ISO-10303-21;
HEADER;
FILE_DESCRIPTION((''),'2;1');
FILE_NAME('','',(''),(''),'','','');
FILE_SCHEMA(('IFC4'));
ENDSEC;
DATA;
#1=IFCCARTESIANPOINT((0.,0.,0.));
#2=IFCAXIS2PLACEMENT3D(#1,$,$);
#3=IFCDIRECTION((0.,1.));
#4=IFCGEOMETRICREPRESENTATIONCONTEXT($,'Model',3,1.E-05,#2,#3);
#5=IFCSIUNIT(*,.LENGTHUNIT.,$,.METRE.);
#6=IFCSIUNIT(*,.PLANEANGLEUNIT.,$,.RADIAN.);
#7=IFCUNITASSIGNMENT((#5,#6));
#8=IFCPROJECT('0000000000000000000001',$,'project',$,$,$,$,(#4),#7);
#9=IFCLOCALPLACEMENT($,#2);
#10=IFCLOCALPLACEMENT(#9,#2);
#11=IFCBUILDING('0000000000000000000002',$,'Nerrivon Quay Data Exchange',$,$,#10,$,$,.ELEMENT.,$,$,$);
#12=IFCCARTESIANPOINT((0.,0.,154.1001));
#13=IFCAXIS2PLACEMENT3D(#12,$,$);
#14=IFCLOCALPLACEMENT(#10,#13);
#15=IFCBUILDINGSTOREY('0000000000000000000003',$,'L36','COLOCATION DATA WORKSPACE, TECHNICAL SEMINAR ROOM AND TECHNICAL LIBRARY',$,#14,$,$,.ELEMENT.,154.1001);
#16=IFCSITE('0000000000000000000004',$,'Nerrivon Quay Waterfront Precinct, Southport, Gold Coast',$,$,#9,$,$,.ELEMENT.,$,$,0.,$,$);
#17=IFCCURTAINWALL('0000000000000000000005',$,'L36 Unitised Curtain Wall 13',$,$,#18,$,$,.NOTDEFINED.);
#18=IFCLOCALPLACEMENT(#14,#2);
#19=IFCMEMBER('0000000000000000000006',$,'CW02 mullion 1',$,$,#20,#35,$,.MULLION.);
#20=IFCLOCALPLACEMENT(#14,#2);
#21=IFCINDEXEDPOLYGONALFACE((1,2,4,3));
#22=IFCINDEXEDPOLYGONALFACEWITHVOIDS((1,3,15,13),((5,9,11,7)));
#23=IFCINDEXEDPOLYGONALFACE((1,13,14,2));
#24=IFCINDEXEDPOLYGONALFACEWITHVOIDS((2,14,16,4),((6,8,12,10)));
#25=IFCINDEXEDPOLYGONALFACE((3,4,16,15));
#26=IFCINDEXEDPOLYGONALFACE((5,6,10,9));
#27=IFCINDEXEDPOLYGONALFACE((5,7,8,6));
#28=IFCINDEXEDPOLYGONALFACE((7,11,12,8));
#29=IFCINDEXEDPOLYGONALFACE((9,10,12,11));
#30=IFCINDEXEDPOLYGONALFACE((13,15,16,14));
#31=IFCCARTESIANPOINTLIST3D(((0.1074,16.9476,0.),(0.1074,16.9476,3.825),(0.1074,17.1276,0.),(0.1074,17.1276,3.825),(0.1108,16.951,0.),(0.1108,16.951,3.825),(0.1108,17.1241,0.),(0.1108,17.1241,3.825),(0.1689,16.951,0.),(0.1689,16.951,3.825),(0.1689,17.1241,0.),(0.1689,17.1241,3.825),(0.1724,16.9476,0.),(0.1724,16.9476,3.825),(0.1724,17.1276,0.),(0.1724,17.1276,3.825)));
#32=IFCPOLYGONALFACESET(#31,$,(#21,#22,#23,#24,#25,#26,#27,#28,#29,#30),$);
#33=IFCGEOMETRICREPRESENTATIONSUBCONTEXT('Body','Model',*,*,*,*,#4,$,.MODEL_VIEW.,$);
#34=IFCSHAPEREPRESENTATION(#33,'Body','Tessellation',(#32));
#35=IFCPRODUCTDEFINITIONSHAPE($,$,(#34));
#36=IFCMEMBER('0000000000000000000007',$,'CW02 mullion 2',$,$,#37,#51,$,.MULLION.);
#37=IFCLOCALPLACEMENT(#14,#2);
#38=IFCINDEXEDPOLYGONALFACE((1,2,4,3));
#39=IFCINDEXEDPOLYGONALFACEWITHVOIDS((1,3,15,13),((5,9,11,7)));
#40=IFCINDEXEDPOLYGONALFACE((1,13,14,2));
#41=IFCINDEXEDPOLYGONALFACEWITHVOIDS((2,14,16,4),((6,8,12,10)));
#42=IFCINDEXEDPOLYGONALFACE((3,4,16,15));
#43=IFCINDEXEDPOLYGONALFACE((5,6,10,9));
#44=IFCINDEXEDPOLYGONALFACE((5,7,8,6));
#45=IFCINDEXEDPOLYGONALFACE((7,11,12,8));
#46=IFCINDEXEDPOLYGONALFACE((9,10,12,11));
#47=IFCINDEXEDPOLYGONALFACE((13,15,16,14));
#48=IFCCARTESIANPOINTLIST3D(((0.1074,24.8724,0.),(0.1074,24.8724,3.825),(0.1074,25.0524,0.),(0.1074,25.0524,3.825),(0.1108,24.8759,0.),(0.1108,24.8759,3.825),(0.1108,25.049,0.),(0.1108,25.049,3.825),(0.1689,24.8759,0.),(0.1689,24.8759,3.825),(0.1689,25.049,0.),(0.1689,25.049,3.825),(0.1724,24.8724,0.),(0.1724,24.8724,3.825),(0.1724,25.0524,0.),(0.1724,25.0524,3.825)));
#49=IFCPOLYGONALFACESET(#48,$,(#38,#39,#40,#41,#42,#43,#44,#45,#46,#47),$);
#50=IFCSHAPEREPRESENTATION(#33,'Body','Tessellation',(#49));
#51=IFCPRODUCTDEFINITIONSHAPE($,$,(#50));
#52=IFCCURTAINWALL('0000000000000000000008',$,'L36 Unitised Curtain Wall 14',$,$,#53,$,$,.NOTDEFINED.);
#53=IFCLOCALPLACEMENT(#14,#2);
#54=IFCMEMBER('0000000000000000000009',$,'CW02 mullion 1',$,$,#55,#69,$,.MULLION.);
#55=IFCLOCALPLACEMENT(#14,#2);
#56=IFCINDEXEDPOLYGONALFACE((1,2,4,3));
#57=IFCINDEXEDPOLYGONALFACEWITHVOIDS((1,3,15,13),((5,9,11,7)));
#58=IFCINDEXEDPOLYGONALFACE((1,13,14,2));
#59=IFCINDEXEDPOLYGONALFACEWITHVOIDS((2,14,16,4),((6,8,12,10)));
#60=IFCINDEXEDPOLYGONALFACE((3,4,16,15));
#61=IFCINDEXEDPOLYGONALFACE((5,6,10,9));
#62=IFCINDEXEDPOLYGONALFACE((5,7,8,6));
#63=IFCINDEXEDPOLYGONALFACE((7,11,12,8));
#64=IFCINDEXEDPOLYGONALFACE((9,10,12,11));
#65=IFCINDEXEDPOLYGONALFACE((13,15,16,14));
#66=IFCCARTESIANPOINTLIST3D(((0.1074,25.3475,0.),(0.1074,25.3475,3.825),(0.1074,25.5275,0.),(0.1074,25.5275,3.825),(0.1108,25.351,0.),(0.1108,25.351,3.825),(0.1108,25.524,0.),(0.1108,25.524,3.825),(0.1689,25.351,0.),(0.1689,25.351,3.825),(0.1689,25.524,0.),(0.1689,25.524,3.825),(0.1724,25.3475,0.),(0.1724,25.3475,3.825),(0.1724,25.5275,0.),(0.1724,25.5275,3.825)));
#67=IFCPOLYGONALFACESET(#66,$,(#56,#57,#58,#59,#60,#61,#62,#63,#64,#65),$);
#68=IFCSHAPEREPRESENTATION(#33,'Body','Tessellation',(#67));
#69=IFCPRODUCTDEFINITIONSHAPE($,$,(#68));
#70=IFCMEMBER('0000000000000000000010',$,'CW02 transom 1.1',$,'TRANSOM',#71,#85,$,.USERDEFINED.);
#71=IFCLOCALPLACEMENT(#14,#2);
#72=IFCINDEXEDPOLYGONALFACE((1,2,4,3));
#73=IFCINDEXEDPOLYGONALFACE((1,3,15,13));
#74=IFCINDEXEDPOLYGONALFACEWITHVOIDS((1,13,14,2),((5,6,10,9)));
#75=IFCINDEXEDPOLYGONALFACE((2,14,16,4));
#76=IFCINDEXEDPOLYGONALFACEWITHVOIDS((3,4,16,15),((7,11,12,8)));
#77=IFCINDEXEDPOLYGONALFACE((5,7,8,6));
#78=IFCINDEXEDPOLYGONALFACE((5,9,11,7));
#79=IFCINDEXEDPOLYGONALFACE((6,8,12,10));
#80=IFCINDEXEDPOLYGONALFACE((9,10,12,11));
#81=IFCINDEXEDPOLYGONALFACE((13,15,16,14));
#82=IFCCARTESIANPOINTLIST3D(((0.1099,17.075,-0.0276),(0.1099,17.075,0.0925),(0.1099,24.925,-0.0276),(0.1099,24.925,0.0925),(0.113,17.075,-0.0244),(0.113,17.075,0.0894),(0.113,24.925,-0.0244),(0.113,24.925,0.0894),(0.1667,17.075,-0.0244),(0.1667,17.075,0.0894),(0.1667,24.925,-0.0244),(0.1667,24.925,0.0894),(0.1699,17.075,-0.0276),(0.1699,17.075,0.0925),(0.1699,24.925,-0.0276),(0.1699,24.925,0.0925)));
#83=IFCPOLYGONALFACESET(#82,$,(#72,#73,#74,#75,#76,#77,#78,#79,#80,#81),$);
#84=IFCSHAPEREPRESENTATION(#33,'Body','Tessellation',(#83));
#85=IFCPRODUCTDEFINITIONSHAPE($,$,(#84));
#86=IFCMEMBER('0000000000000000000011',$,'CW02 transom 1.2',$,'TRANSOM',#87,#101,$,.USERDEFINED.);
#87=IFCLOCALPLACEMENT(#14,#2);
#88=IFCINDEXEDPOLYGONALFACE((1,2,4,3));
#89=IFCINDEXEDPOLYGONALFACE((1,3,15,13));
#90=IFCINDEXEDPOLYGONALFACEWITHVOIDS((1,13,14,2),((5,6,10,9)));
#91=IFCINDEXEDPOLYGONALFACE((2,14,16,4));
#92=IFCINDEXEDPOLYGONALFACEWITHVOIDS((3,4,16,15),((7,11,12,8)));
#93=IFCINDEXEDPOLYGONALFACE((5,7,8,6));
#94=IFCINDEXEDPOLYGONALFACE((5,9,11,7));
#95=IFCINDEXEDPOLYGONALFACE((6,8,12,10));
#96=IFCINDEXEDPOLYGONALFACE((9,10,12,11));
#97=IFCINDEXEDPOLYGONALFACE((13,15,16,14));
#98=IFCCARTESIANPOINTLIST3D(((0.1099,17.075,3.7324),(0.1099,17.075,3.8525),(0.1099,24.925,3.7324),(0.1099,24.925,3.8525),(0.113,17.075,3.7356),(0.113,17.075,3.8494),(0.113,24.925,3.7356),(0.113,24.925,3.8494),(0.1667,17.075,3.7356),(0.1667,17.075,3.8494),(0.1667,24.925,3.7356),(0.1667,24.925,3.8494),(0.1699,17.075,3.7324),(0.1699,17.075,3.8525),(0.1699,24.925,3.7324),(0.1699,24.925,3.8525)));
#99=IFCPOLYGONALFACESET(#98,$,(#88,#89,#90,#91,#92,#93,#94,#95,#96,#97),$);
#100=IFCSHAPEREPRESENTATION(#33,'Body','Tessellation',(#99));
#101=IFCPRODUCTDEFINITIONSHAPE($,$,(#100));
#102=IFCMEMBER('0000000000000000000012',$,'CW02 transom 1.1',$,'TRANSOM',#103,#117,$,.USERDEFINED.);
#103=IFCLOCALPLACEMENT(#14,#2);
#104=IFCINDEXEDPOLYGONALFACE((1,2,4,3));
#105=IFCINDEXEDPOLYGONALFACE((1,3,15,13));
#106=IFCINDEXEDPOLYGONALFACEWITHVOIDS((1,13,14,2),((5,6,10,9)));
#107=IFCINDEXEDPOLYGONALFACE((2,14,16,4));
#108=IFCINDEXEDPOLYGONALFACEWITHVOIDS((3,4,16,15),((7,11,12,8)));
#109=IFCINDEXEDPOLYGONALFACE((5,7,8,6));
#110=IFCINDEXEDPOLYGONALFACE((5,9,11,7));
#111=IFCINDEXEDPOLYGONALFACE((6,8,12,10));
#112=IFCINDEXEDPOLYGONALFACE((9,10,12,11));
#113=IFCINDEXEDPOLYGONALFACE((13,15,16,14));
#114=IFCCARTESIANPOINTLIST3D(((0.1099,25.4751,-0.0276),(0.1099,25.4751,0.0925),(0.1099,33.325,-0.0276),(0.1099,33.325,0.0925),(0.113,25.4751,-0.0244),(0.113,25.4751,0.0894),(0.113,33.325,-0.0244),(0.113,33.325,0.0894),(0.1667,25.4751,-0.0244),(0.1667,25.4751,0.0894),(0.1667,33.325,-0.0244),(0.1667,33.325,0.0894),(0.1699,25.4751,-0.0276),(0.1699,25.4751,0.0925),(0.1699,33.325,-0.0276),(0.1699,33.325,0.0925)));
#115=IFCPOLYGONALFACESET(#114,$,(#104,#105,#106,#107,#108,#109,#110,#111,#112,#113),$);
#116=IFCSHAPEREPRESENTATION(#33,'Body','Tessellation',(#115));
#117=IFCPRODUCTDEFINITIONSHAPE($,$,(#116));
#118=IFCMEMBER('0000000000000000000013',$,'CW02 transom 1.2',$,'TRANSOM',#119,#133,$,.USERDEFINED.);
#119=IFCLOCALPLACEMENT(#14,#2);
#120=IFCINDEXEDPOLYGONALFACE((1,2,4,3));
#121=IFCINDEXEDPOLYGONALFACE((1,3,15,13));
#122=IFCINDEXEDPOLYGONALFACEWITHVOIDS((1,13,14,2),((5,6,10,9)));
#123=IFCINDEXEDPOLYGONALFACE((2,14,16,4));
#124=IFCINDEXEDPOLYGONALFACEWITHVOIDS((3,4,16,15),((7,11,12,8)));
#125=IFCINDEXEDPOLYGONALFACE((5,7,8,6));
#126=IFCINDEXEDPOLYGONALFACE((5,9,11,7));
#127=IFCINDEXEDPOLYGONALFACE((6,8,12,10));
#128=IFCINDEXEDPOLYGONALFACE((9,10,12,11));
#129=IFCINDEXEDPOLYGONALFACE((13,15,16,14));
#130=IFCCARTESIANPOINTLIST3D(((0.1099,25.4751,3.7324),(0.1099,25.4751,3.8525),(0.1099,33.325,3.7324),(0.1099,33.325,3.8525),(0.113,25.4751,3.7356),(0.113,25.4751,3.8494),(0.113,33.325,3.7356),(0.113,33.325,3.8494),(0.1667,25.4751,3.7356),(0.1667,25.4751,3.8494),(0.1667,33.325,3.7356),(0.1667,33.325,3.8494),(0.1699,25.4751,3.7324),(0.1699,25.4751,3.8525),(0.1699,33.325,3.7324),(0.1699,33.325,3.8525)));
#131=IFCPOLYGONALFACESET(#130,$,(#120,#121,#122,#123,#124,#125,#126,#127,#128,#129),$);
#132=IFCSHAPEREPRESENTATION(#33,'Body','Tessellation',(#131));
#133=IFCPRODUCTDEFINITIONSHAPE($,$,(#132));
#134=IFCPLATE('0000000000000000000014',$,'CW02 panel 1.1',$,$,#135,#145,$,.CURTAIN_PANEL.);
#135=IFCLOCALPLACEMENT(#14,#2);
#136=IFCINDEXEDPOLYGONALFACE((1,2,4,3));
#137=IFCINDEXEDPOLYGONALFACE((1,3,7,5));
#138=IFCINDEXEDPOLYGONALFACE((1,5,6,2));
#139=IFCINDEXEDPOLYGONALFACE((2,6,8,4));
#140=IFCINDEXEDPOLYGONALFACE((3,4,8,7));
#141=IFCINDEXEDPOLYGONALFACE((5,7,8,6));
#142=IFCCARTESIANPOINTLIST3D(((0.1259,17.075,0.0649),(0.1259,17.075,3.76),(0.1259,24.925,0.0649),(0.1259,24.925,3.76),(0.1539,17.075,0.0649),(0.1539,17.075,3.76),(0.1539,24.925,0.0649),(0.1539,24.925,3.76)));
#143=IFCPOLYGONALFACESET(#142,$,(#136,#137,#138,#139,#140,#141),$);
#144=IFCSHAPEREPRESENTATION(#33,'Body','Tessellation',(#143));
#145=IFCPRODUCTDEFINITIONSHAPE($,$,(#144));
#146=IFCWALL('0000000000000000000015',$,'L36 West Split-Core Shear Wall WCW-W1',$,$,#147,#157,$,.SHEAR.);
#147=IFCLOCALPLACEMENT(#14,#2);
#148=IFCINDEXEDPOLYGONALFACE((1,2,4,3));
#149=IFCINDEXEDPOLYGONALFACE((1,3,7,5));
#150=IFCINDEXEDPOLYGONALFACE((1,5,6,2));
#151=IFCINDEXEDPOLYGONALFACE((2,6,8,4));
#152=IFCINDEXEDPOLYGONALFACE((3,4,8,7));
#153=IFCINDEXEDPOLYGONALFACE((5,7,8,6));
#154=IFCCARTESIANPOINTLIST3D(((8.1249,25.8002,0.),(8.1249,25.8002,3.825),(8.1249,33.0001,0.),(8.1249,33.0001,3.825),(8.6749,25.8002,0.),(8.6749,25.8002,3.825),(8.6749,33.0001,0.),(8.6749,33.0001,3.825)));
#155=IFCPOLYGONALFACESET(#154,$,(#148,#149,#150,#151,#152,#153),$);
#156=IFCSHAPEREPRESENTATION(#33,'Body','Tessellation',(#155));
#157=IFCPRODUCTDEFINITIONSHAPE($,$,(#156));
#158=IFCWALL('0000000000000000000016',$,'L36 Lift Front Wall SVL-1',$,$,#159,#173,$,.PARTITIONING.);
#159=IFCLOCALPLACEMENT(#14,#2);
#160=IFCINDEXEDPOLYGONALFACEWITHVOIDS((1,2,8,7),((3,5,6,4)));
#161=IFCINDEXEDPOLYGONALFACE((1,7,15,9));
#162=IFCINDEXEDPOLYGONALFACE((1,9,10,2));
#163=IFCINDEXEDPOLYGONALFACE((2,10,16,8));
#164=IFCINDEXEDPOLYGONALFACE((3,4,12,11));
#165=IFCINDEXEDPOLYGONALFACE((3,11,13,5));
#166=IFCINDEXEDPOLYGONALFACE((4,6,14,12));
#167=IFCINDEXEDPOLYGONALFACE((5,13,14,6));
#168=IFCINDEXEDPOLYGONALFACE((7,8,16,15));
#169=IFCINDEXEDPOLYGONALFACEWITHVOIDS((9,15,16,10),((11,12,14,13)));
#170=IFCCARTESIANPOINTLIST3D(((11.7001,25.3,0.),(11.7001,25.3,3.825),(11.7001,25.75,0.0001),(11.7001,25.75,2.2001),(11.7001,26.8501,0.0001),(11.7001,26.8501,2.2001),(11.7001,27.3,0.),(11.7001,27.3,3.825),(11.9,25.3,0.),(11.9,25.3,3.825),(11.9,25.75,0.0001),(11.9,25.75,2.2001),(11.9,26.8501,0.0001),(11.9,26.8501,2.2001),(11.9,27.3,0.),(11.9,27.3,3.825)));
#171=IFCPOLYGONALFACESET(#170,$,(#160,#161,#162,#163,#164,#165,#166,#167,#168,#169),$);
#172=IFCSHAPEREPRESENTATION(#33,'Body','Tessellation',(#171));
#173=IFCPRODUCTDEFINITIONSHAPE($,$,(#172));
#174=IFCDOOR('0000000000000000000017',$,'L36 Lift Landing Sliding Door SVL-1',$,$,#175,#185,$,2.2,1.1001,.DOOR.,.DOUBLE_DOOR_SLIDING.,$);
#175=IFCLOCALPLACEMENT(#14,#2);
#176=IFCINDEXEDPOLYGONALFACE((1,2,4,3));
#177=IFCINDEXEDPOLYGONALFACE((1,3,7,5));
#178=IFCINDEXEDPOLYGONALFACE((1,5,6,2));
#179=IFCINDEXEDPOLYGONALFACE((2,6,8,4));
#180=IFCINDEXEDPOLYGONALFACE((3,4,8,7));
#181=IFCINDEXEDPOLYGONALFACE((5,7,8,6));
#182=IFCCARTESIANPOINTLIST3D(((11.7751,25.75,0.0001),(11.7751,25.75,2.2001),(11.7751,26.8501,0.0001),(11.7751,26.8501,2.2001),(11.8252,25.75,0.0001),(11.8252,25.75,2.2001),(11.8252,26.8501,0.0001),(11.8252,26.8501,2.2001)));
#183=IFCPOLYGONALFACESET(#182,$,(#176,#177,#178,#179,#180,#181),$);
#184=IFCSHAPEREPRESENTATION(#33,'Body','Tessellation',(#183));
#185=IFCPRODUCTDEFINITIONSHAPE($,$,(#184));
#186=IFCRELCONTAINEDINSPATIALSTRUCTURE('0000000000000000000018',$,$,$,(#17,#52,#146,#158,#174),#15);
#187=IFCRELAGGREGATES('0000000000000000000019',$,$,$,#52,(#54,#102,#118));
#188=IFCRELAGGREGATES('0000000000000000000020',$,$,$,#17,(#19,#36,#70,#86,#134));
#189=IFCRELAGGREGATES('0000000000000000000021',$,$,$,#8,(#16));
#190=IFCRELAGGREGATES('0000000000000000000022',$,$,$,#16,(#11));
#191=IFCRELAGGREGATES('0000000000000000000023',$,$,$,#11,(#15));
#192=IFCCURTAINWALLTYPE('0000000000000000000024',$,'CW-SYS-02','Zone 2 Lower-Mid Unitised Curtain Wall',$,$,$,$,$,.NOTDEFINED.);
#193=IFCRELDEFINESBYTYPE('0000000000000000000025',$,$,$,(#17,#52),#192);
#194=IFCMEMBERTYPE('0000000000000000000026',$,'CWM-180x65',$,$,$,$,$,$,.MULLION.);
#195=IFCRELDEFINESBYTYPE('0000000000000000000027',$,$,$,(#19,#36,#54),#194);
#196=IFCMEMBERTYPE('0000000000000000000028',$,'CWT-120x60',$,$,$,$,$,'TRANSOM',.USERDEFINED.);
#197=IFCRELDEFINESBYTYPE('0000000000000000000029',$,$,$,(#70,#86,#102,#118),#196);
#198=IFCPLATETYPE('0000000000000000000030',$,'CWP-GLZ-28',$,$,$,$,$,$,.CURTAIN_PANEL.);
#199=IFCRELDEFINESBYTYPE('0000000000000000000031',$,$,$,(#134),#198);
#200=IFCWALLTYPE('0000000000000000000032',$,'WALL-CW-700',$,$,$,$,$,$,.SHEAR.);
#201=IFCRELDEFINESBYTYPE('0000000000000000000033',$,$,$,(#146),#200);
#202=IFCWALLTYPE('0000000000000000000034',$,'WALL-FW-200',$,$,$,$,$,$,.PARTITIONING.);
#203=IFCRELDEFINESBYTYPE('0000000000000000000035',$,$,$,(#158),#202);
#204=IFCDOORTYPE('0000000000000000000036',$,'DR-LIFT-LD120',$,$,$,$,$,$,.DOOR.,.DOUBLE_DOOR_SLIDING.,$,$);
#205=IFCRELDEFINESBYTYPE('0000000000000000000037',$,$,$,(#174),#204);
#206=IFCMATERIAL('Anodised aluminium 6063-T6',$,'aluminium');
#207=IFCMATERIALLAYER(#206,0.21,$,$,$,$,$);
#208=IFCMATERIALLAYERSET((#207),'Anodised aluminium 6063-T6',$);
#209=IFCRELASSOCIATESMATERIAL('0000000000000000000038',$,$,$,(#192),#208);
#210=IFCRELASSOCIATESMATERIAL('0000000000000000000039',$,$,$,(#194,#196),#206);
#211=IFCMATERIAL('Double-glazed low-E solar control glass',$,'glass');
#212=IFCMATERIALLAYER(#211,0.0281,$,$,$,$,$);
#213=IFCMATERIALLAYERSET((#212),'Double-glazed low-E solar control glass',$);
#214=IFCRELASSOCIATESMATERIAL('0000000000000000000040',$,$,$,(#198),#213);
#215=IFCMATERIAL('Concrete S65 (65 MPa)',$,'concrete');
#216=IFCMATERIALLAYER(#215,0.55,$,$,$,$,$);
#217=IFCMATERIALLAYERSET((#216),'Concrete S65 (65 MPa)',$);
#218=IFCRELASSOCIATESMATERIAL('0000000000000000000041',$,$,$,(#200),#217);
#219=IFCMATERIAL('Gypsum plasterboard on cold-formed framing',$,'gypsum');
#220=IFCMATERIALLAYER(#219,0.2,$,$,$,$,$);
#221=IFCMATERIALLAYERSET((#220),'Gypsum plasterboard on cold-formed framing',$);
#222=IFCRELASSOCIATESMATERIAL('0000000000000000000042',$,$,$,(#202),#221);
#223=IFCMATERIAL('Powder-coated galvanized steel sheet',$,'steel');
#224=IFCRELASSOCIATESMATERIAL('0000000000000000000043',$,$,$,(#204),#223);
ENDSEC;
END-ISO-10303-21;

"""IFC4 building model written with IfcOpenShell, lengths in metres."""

from ifc_helpers import new_model, si_unit, direction, frame, frame_2d, origin, origin_2d, place, context, subcontext, project, spatial, rectangle, hollow_rectangle, extrude, material, layer, layer_set, material_profile, profile_set, type_object, element, fill, aggregate, save


model = new_model("IFC4")

# Units and contexts
model_context = context("Model", 3, precision=1e-05, world=origin(), true_north=direction((0.0, 1.0)))
body_context = subcontext(model_context, "Body", "Model", "MODEL_VIEW")
ifc_project = project(units=[si_unit("LENGTHUNIT", "METRE"), si_unit("PLANEANGLEUNIT", "RADIAN")], contexts=[model_context])

# Site, building, storey
site_placement = place(None, origin())
site = spatial("IfcSite", under=ifc_project, at=site_placement, Name="Nerrivon Quay Waterfront Precinct, Southport, Gold Coast", CompositionType="ELEMENT", RefElevation=0.0)
building_placement = place(site_placement, origin())
building = spatial("IfcBuilding", under=site, at=building_placement, Name="Nerrivon Quay Data Exchange", CompositionType="ELEMENT")
storey_placement = place(building_placement, frame((0.0, 0.0, 154.1001)))
storey = spatial("IfcBuildingStorey", under=building, at=storey_placement, Name="L36", Description="COLOCATION DATA WORKSPACE, TECHNICAL SEMINAR ROOM AND TECHNICAL LIBRARY", CompositionType="ELEMENT", Elevation=154.1001)

# Shared definitions
ifc_material_1 = material(Name="Concrete S65 (65 MPa)", Category="concrete")

# Curtain wall, members
ifc_material_2 = material(Name="Anodised aluminium 6063-T6", Category="aluminium")
ifc_layer_1 = layer(ifc_material_2, 0.21)
ifc_layer_set_1 = layer_set([ifc_layer_1], Name="Anodised aluminium 6063-T6")
curtain_wall_type = type_object("IfcCurtainWallType", Name="CW-SYS-02", Description="Zone 2 Lower-Mid Unitised Curtain Wall", PredefinedType="NOTDEFINED", material=ifc_layer_set_1)
curtain_wall_1_placement = place(storey_placement, origin())
curtain_wall_1 = element("IfcCurtainWall", 1, at=curtain_wall_1_placement, inside=storey, type_object=curtain_wall_type, Name="L36 Unitised Curtain Wall 13", PredefinedType="NOTDEFINED")
ifc_material_profile_1 = material_profile(ifc_material_2, hollow_rectangle(XDim=0.0649, YDim=0.1799, WallThickness=0.0034, at=origin_2d()), Name="ALU-MULL-180x65")
ifc_profile_set_1 = profile_set([ifc_material_profile_1], Name="Anodised aluminium 6063-T6")
member_type_1 = type_object("IfcMemberType", Name="CWM-180x65", PredefinedType="MULLION", material=ifc_profile_set_1)
member_1_placement = place(storey_placement, frame((0.1399, 17.0376, 0.0), z_axis=(0.0, 0.0, 1.0), x_axis=(-1.0, 0.0, 0.0)))
member_1 = element("IfcMember", 2, at=member_1_placement, type_object=member_type_1, Name="CW02 mullion 1", PredefinedType="MULLION", context=body_context, shape_type="SweptSolid", body=[
    extrude(hollow_rectangle(XDim=0.0649, YDim=0.1799, WallThickness=0.0034, at=origin_2d()), origin(), (0.0, 0.0, 1.0), 3.825),
])
member_2_placement = place(storey_placement, frame((0.1399, 24.9624, 0.0), z_axis=(0.0, 0.0, 1.0), x_axis=(-1.0, 0.0, 0.0)))
member_2 = element("IfcMember", 3, at=member_2_placement, type_object=member_type_1, Name="CW02 mullion 2", PredefinedType="MULLION", context=body_context, shape_type="SweptSolid", body=[
    extrude(hollow_rectangle(XDim=0.0649, YDim=0.1799, WallThickness=0.0034, at=origin_2d()), origin(), (0.0, 0.0, 1.0), 3.825),
])

# Curtain wall, member
curtain_wall_2_placement = place(storey_placement, origin())
curtain_wall_2 = element("IfcCurtainWall", 4, at=curtain_wall_2_placement, inside=storey, type_object=curtain_wall_type, Name="L36 Unitised Curtain Wall 14", PredefinedType="NOTDEFINED")
member_3_placement = place(storey_placement, frame((0.1399, 25.4375, 0.0), z_axis=(0.0, 0.0, 1.0), x_axis=(-1.0, 0.0, 0.0)))
member_3 = element("IfcMember", 5, at=member_3_placement, type_object=member_type_1, Name="CW02 mullion 1", PredefinedType="MULLION", context=body_context, shape_type="SweptSolid", body=[
    extrude(hollow_rectangle(XDim=0.0649, YDim=0.1799, WallThickness=0.0034, at=origin_2d()), origin(), (0.0, 0.0, 1.0), 3.825),
])

# Members
ifc_material_profile_2 = material_profile(ifc_material_2, hollow_rectangle(XDim=0.0601, YDim=0.1201, WallThickness=0.0032, at=origin_2d()), Name="ALU-TRAN-120x60")
ifc_profile_set_2 = profile_set([ifc_material_profile_2], Name="Anodised aluminium 6063-T6")
member_type_2 = type_object("IfcMemberType", Name="CWT-120x60", ElementType="TRANSOM", PredefinedType="USERDEFINED", material=ifc_profile_set_2)
member_4_placement = place(storey_placement, frame((0.1399, 17.075, 0.0325), z_axis=(0.0, 1.0, 0.0), x_axis=(-1.0, 0.0, 0.0)))
member_4 = element("IfcMember", 6, at=member_4_placement, type_object=member_type_2, Name="CW02 transom 1.1", ObjectType="TRANSOM", PredefinedType="USERDEFINED", context=body_context, shape_type="SweptSolid", body=[
    extrude(hollow_rectangle(XDim=0.0601, YDim=0.1201, WallThickness=0.0032, at=origin_2d()), origin(), (0.0, 0.0, 1.0), 7.8501),
])
member_5_placement = place(storey_placement, frame((0.1399, 17.075, 3.7925), z_axis=(0.0, 1.0, 0.0), x_axis=(-1.0, 0.0, 0.0)))
member_5 = element("IfcMember", 7, at=member_5_placement, type_object=member_type_2, Name="CW02 transom 1.2", ObjectType="TRANSOM", PredefinedType="USERDEFINED", context=body_context, shape_type="SweptSolid", body=[
    extrude(hollow_rectangle(XDim=0.0601, YDim=0.1201, WallThickness=0.0032, at=origin_2d()), origin(), (0.0, 0.0, 1.0), 7.8501),
])
member_6_placement = place(storey_placement, frame((0.1399, 25.4751, 0.0325), z_axis=(0.0, 1.0, 0.0), x_axis=(-1.0, 0.0, 0.0)))
member_6 = element("IfcMember", 8, at=member_6_placement, type_object=member_type_2, Name="CW02 transom 1.1", ObjectType="TRANSOM", PredefinedType="USERDEFINED", context=body_context, shape_type="SweptSolid", body=[
    extrude(hollow_rectangle(XDim=0.0601, YDim=0.1201, WallThickness=0.0032, at=origin_2d()), origin(), (0.0, 0.0, 1.0), 7.8499),
])
member_7_placement = place(storey_placement, frame((0.1399, 25.4751, 3.7925), z_axis=(0.0, 1.0, 0.0), x_axis=(-1.0, 0.0, 0.0)))
member_7 = element("IfcMember", 9, at=member_7_placement, type_object=member_type_2, Name="CW02 transom 1.2", ObjectType="TRANSOM", PredefinedType="USERDEFINED", context=body_context, shape_type="SweptSolid", body=[
    extrude(hollow_rectangle(XDim=0.0601, YDim=0.1201, WallThickness=0.0032, at=origin_2d()), origin(), (0.0, 0.0, 1.0), 7.8499),
])
aggregate(curtain_wall_2, [member_3, member_6, member_7])

# Plate
ifc_material_3 = material(Name="Double-glazed low-E solar control glass", Category="glass")
ifc_layer_2 = layer(ifc_material_3, 0.0281)
ifc_layer_set_2 = layer_set([ifc_layer_2], Name="Double-glazed low-E solar control glass")
plate_type = type_object("IfcPlateType", Name="CWP-GLZ-28", PredefinedType="CURTAIN_PANEL", material=ifc_layer_set_2)
plate_placement = place(storey_placement, frame((0.1399, 21.0, 0.0649), z_axis=(0.0, 0.0, 1.0), x_axis=(0.0, 1.0, 0.0)))
plate = element("IfcPlate", 10, at=plate_placement, type_object=plate_type, Name="CW02 panel 1.1", PredefinedType="CURTAIN_PANEL", context=body_context, shape_type="SweptSolid", body=[
    extrude(rectangle(XDim=7.8501, YDim=0.0281, at=origin_2d()), origin(), (0.0, 0.0, 1.0), 3.6951),
])
aggregate(curtain_wall_1, [member_1, member_2, member_4, member_5, plate])

# Wall
ifc_layer_3 = layer(ifc_material_1, 0.55)
ifc_layer_set_3 = layer_set([ifc_layer_3], Name="Concrete S65 (65 MPa)")
wall_type_1 = type_object("IfcWallType", Name="WALL-CW-700", PredefinedType="SHEAR", material=ifc_layer_set_3)
wall_1_placement = place(storey_placement, frame((8.3999, 25.8, 0.0), z_axis=(0.0, 0.0, 1.0), x_axis=(0.0, 1.0, 0.0)))
element("IfcWall", 11, at=wall_1_placement, inside=storey, type_object=wall_type_1, Name="L36 West Split-Core Shear Wall WCW-W1", PredefinedType="SHEAR", context=body_context, shape_type="SweptSolid", body=[
    extrude(rectangle(XDim=7.2, YDim=0.55, at=frame_2d((3.6001, 0.0))), origin(), (0.0, 0.0, 1.0), 3.825),
])

# Wall, opening, door
ifc_material_4 = material(Name="Powder-coated galvanized steel sheet", Category="steel")
ifc_material_5 = material(Name="Gypsum plasterboard on cold-formed framing", Category="gypsum")
ifc_layer_4 = layer(ifc_material_5, 0.2)
ifc_layer_set_4 = layer_set([ifc_layer_4], Name="Gypsum plasterboard on cold-formed framing")
wall_type_2 = type_object("IfcWallType", Name="WALL-FW-200", PredefinedType="PARTITIONING", material=ifc_layer_set_4)
wall_2_placement = place(storey_placement, frame((11.8, 25.3, 0.0), z_axis=(0.0, 0.0, 1.0), x_axis=(0.0, 1.0, 0.0)))
wall_2 = element("IfcWall", 12, at=wall_2_placement, inside=storey, type_object=wall_type_2, Name="L36 Lift Front Wall SVL-1", PredefinedType="PARTITIONING", context=body_context, shape_type="SweptSolid", body=[
    extrude(rectangle(XDim=2.0, YDim=0.2, at=frame_2d((1.0, 0.0))), origin(), (0.0, 0.0, 1.0), 3.825),
])
opening_1_placement = place(wall_2_placement, frame((0.45, 0.0, 0.0)))
opening_1 = element("IfcOpeningElement", 13, at=opening_1_placement, cuts=wall_2, PredefinedType="OPENING", context=body_context, shape_type="SweptSolid", body=[
    extrude(rectangle(XDim=1.1001, YDim=2.2, at=frame_2d((0.55, 1.1001))), frame((0.0, 0.1099, 0.0), z_axis=(0.0, -1.0, 0.0), x_axis=(1.0, 0.0, 0.0)), (0.0, 0.0, 1.0), 0.22),
])
door_type_1 = type_object("IfcDoorType", Name="DR-LIFT-LD120", OperationType="DOUBLE_DOOR_SLIDING", PredefinedType="DOOR", material=ifc_material_4)
door_1_placement = place(opening_1_placement, origin())
door_1 = element("IfcDoor", 14, at=door_1_placement, inside=storey, type_object=door_type_1, Name="L36 Lift Landing Sliding Door SVL-1", OperationType="DOUBLE_DOOR_SLIDING", OverallHeight=2.2, OverallWidth=1.1001, PredefinedType="DOOR", context=body_context, shape_type="SweptSolid", body=[
    extrude(rectangle(XDim=1.1001, YDim=2.2, at=frame_2d((0.55, 1.1001))), frame((0.0, 0.0249, 0.0), z_axis=(0.0, -1.0, 0.0), x_axis=(1.0, 0.0, 0.0)), (0.0, 0.0, 1.0), 0.05),
])
fill(opening_1, door_1)

save(model, "model.ifc")
